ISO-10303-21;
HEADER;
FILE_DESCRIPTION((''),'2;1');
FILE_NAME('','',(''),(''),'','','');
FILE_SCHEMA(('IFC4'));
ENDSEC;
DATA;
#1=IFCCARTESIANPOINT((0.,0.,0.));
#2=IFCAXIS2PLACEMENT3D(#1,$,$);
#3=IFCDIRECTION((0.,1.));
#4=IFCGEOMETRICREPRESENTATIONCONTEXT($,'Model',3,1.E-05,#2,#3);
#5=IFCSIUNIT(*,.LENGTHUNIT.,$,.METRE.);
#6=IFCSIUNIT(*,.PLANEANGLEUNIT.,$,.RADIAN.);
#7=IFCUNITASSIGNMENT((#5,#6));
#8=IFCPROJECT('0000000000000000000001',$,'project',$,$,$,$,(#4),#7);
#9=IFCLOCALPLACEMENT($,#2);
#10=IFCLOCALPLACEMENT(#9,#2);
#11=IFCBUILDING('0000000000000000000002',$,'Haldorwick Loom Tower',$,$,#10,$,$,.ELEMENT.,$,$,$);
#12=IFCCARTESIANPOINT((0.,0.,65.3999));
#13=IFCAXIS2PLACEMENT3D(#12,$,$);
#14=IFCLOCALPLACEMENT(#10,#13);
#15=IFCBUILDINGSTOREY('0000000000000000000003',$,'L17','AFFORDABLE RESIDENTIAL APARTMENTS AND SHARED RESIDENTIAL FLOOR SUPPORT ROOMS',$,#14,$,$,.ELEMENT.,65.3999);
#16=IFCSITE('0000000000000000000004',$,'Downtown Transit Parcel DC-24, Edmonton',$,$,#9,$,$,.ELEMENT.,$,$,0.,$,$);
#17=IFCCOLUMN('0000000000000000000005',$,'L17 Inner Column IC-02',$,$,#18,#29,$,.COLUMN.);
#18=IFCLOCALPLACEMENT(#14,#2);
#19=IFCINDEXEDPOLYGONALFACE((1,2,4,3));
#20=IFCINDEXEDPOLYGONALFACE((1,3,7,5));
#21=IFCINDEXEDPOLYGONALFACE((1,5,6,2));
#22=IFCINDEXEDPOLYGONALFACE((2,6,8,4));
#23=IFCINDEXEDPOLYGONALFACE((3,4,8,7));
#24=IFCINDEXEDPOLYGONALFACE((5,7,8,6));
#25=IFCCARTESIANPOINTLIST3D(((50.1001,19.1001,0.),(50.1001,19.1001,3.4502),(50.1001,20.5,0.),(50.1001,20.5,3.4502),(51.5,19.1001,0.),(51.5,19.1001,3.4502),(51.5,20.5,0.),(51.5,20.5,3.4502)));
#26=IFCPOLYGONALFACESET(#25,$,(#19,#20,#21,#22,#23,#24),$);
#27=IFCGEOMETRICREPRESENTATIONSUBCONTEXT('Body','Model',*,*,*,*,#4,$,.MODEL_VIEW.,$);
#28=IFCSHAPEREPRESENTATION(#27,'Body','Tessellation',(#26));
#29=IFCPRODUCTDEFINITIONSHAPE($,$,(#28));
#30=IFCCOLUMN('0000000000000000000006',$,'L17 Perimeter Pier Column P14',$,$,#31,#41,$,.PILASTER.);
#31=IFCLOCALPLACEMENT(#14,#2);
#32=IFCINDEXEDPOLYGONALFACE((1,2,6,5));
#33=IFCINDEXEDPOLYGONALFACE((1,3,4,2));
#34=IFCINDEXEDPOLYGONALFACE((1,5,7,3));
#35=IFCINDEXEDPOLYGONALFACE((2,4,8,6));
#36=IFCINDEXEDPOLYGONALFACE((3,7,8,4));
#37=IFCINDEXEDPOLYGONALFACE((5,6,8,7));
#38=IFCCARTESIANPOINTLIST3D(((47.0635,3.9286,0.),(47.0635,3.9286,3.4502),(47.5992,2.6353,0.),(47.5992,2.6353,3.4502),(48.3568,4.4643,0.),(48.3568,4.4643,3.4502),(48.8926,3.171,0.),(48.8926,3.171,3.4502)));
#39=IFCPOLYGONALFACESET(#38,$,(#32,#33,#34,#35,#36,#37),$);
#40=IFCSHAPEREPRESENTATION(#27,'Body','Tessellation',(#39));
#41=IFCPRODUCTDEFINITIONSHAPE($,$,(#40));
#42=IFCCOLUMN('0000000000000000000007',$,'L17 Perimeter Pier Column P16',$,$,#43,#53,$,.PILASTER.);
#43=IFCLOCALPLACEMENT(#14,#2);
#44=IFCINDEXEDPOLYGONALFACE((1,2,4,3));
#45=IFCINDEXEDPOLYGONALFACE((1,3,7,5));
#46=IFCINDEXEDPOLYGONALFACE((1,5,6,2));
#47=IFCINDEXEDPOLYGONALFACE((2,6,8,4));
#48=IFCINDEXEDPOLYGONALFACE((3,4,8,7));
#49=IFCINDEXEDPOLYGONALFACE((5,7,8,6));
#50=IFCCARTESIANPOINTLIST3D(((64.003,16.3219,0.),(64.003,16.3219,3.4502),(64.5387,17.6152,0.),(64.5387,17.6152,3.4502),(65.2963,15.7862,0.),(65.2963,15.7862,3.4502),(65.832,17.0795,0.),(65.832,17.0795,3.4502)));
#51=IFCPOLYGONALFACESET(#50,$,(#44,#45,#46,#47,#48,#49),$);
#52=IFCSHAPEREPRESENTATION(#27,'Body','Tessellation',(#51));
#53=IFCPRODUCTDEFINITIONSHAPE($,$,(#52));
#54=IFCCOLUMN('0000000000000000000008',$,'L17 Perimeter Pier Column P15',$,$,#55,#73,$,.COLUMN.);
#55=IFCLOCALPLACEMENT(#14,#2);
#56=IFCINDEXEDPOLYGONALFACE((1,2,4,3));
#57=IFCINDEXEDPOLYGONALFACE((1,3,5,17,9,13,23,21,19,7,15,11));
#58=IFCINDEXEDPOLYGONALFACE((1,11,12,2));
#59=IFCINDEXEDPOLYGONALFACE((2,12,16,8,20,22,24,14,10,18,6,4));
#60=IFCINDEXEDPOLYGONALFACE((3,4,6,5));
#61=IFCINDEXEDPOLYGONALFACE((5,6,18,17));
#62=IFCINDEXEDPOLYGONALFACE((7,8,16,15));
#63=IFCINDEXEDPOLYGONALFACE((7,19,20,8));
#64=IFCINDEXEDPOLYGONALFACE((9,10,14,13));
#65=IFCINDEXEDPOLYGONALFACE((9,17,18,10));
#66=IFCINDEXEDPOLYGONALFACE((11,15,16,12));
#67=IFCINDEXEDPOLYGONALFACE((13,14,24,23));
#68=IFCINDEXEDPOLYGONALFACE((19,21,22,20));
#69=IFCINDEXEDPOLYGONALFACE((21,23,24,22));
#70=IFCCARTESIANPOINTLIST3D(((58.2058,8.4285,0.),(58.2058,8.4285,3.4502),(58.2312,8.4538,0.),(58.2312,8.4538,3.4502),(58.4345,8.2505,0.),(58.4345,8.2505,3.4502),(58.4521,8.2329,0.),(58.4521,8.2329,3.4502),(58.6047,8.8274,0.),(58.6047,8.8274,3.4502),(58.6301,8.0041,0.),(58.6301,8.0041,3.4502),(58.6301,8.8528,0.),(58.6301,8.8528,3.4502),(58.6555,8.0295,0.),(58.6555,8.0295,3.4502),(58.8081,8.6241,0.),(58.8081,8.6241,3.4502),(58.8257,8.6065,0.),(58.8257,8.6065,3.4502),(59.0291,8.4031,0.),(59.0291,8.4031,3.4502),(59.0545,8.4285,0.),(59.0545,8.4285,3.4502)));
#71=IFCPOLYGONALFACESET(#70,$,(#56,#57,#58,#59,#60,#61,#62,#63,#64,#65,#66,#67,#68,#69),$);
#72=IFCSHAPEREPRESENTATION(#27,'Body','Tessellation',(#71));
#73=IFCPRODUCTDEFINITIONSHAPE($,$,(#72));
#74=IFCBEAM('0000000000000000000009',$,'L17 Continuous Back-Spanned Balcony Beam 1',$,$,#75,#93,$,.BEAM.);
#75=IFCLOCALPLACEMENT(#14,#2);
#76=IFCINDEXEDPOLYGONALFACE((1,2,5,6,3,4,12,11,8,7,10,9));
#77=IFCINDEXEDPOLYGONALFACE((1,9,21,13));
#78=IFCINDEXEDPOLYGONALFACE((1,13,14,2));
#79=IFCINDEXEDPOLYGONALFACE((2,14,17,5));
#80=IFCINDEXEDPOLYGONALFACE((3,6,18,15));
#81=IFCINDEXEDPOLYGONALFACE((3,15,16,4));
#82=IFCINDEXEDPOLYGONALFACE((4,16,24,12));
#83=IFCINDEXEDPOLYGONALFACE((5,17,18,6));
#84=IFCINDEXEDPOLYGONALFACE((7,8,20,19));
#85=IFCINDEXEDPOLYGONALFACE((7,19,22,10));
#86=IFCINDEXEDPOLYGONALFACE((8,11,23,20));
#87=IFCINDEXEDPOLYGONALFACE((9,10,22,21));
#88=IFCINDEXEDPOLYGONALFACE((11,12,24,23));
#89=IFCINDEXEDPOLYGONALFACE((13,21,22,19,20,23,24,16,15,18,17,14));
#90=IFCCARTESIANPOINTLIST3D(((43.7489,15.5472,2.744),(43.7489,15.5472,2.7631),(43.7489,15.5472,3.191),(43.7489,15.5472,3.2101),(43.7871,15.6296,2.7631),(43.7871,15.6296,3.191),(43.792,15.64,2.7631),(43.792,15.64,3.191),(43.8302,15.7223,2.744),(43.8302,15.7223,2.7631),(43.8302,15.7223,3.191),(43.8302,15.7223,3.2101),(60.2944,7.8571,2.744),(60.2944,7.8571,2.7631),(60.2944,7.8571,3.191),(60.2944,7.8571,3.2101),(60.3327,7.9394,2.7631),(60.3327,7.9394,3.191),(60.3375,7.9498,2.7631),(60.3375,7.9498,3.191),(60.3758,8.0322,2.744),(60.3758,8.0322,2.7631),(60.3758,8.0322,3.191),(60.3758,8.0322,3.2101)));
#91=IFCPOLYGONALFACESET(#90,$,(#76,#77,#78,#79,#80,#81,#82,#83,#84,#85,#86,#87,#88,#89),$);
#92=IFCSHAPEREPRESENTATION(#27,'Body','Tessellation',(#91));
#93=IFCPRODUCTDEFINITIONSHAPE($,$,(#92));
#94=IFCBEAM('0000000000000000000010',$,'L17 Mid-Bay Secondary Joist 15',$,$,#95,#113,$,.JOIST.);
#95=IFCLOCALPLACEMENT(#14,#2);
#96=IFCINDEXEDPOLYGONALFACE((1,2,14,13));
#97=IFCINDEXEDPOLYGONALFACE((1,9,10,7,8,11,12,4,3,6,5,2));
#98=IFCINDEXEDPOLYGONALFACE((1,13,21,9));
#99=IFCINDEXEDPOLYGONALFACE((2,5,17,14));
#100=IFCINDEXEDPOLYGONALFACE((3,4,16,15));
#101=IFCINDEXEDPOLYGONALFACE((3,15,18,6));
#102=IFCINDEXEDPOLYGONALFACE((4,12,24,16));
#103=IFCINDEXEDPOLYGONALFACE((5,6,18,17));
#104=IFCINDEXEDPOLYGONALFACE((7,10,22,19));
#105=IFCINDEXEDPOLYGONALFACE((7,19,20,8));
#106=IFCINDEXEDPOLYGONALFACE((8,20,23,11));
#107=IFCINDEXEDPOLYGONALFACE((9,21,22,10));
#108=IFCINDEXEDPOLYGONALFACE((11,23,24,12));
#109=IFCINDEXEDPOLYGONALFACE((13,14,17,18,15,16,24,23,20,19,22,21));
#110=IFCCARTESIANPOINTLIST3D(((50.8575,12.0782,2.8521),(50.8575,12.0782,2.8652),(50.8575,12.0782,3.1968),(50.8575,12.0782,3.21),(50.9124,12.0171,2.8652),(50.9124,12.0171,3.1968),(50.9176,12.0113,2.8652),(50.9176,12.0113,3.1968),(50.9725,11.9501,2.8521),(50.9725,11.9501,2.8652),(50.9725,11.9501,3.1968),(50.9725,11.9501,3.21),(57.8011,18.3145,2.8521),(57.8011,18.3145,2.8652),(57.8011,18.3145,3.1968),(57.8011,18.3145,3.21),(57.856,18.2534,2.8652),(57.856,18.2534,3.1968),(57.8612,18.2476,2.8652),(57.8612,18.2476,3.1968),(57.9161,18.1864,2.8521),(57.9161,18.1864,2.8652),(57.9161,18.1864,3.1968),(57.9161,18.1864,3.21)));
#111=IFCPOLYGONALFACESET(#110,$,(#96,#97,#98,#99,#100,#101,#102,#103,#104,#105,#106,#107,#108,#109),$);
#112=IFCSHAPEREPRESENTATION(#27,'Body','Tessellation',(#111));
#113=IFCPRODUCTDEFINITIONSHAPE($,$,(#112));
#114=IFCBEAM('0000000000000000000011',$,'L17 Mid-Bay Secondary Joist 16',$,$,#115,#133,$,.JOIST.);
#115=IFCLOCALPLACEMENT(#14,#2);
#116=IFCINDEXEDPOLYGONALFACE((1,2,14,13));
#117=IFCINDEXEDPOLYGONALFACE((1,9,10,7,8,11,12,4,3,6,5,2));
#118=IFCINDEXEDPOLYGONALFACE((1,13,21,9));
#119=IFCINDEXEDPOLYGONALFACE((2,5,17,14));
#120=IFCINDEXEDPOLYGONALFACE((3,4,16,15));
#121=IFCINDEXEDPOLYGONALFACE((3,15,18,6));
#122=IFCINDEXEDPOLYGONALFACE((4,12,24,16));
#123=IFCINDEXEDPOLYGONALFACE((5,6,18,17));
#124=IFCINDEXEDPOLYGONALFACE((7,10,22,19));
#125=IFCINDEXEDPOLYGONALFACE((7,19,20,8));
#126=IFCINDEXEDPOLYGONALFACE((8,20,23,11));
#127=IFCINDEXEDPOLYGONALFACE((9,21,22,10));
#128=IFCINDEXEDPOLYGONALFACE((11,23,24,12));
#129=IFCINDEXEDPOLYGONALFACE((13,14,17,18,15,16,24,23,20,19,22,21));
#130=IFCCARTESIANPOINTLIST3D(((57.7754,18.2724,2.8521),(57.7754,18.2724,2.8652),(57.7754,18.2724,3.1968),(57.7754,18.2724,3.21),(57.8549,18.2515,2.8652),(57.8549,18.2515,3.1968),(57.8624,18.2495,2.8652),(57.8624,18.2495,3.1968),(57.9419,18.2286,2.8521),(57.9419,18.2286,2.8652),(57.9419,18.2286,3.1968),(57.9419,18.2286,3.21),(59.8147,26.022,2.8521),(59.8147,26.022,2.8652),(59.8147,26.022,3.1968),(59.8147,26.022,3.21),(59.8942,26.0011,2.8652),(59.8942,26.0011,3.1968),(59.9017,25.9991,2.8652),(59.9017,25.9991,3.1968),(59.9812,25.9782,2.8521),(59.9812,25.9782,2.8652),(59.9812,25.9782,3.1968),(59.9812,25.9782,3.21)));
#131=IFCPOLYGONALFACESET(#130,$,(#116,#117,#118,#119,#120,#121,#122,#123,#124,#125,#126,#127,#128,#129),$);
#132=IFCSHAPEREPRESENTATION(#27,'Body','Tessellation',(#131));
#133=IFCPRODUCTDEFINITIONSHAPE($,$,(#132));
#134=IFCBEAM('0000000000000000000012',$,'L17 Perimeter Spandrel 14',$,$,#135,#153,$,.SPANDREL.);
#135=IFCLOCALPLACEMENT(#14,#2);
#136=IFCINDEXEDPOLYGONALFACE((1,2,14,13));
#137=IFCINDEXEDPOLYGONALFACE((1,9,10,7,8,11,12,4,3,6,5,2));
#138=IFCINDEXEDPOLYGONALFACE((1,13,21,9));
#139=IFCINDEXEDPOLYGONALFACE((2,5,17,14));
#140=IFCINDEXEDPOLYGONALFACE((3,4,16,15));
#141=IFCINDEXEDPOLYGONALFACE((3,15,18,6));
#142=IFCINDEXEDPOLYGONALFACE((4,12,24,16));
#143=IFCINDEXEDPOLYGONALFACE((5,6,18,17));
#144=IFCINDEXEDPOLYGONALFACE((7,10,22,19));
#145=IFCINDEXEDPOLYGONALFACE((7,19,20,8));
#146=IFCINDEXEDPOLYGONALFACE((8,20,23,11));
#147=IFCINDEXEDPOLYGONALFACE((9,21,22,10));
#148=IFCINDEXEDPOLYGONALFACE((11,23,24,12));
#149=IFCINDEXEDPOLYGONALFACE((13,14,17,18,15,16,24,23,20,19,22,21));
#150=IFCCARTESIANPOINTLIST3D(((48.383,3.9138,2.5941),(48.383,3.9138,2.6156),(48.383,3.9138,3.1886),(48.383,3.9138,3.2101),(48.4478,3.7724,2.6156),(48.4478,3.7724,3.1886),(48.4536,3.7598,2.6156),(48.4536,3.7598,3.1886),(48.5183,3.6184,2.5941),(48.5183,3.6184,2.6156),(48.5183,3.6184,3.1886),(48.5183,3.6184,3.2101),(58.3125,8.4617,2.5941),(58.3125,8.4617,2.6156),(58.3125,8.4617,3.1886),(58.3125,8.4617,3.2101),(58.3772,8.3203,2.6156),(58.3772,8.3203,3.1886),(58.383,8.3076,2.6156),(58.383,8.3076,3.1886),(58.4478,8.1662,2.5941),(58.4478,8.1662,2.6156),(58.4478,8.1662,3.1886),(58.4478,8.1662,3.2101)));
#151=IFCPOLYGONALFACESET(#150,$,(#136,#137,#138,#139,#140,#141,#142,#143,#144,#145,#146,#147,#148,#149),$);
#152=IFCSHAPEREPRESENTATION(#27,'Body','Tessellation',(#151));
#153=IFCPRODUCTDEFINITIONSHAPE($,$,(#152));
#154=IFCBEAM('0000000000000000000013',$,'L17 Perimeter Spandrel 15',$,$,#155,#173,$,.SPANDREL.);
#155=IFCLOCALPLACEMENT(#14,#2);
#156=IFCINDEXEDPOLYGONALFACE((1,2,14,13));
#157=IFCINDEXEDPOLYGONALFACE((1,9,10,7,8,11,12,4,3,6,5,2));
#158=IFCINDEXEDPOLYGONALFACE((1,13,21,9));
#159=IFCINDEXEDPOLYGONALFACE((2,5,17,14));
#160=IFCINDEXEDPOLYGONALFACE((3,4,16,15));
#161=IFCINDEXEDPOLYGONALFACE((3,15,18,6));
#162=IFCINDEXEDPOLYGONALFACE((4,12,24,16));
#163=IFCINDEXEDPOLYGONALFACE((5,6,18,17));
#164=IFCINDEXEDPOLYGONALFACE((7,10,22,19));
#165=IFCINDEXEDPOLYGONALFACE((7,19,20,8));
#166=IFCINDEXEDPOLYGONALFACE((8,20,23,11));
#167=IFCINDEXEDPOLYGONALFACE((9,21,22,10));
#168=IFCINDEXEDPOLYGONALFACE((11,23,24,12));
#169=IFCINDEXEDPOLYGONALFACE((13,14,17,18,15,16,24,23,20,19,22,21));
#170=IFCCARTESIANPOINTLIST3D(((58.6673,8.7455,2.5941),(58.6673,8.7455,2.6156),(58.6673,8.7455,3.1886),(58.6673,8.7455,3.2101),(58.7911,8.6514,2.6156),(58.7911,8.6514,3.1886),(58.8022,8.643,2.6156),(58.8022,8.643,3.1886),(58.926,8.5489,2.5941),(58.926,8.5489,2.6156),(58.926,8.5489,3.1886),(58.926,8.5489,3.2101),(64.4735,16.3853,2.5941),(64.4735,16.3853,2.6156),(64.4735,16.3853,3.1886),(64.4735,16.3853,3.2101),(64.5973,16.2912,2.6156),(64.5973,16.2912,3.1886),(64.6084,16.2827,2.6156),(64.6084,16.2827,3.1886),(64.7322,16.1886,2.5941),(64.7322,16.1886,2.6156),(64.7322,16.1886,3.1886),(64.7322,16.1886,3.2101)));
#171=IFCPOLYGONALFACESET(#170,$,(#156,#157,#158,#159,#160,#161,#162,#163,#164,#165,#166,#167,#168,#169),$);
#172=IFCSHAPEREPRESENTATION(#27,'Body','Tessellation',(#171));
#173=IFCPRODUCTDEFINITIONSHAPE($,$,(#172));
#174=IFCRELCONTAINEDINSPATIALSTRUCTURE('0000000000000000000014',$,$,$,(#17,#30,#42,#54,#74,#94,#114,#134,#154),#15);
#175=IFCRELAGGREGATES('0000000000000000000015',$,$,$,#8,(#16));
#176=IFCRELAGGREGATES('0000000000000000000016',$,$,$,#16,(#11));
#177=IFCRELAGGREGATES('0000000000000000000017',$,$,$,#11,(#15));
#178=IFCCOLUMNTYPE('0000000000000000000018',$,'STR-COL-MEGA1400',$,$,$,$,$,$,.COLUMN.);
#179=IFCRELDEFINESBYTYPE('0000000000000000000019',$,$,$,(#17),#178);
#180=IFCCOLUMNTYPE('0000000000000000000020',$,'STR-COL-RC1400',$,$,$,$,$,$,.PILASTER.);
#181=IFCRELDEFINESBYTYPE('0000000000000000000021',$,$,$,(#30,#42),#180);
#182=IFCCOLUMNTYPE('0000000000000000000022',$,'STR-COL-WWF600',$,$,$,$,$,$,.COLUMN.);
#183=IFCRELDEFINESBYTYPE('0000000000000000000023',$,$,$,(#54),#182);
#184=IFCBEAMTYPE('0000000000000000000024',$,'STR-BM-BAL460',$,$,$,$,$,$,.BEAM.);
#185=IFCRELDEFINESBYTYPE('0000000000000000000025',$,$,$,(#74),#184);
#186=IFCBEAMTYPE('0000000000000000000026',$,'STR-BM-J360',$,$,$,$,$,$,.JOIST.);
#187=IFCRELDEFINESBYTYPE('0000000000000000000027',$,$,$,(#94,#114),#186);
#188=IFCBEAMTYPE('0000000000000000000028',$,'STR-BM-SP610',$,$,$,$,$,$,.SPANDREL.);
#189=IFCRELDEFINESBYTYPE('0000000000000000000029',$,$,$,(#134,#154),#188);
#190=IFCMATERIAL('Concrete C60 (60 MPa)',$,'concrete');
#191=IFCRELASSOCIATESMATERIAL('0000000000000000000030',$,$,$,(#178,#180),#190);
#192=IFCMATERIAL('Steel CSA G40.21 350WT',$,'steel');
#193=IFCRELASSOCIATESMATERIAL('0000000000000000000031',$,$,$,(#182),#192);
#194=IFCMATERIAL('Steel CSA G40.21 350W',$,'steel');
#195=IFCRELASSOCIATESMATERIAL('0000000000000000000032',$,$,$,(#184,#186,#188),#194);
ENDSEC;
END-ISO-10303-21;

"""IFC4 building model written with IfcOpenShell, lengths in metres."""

from ifc_helpers import new_model, si_unit, direction, frame, origin, origin_2d, place, context, subcontext, project, spatial, rectangle, i_section, extrude, material, material_profile, profile_set, type_object, element, save


model = new_model("IFC4")

# Units and contexts
model_context = context("Model", 3, precision=1e-05, world=origin(), true_north=direction((0.0, 1.0)))
body_context = subcontext(model_context, "Body", "Model", "MODEL_VIEW")
ifc_project = project(units=[si_unit("LENGTHUNIT", "METRE"), si_unit("PLANEANGLEUNIT", "RADIAN")], contexts=[model_context])

# Site, building, storey
site_placement = place(None, origin())
site = spatial("IfcSite", under=ifc_project, at=site_placement, Name="Downtown Transit Parcel DC-24, Edmonton", CompositionType="ELEMENT", RefElevation=0.0)
building_placement = place(site_placement, origin())
building = spatial("IfcBuilding", under=site, at=building_placement, Name="Haldorwick Loom Tower", CompositionType="ELEMENT")
storey_placement = place(building_placement, frame((0.0, 0.0, 65.3999)))
storey = spatial("IfcBuildingStorey", under=building, at=storey_placement, Name="L17", Description="AFFORDABLE RESIDENTIAL APARTMENTS AND SHARED RESIDENTIAL FLOOR SUPPORT ROOMS", CompositionType="ELEMENT", Elevation=65.3999)

# Columns
ifc_material_1 = material(Name="Concrete C60 (60 MPa)", Category="concrete")
ifc_material_profile_1 = material_profile(ifc_material_1, rectangle(XDim=1.3999, YDim=1.3999, at=origin_2d()), Name="RC1400X1400", Category="concrete")
ifc_profile_set_1 = profile_set([ifc_material_profile_1], Name="Concrete C60 (60 MPa)")
column_type_1 = type_object("IfcColumnType", Name="STR-COL-MEGA1400", PredefinedType="COLUMN", material=ifc_profile_set_1)
column_1_placement = place(storey_placement, frame((50.8, 19.8, 0.0), z_axis=(0.0, 0.0, 1.0), x_axis=(1.0, 0.0, 0.0)))
element("IfcColumn", 1, at=column_1_placement, inside=storey, type_object=column_type_1, Name="L17 Inner Column IC-02", PredefinedType="COLUMN", context=body_context, shape_type="SweptSolid", body=[
    extrude(rectangle(XDim=1.3999, YDim=1.3999, at=origin_2d()), origin(), (0.0, 0.0, 1.0), 3.4502),
])
ifc_material_profile_2 = material_profile(ifc_material_1, rectangle(XDim=1.3999, YDim=1.3999, at=origin_2d()), Name="RC1400X1400", Category="concrete")
ifc_profile_set_2 = profile_set([ifc_material_profile_2], Name="Concrete C60 (60 MPa)")
column_type_2 = type_object("IfcColumnType", Name="STR-COL-RC1400", PredefinedType="PILASTER", material=ifc_profile_set_2)
for number, where, z_axis, x_axis, name in (
    (2, (47.978, 3.5498, 0.0), (0.0, 0.0, 1.0), (0.382683, -0.92388, 0.0), "L17 Perimeter Pier Column P14"),
    (3, (64.9175, 16.7007, 0.0), (0.0, 0.0, 1.0), (0.92388, -0.382683, 0.0), "L17 Perimeter Pier Column P16"),
):
    element("IfcColumn", number, at=place(storey_placement, frame(where, z_axis=z_axis, x_axis=x_axis)), inside=storey, type_object=column_type_2, Name=name, PredefinedType="PILASTER", context=body_context, shape_type="SweptSolid", body=[
        extrude(rectangle(XDim=1.3999, YDim=1.3999, at=origin_2d()), origin(), (0.0, 0.0, 1.0), 3.4502),
    ])
ifc_material_2 = material(Name="Steel CSA G40.21 350WT", Category="steel")
ifc_material_profile_3 = material_profile(ifc_material_2, i_section(OverallWidth=0.6001, OverallDepth=0.6001, WebThickness=0.0249, FlangeThickness=0.0359, at=origin_2d()), Name="WWF600X600", Category="steel")
ifc_profile_set_3 = profile_set([ifc_material_profile_3], Name="Steel CSA G40.21 350WT")
column_type_3 = type_object("IfcColumnType", Name="STR-COL-WWF600", PredefinedType="COLUMN", material=ifc_profile_set_3)
column_2_placement = place(storey_placement, frame((58.6301, 8.4285, 0.0), z_axis=(0.0, 0.0, 1.0), x_axis=(0.707107, -0.707107, 0.0)))
element("IfcColumn", 4, at=column_2_placement, inside=storey, type_object=column_type_3, Name="L17 Perimeter Pier Column P15", PredefinedType="COLUMN", context=body_context, shape_type="SweptSolid", body=[
    extrude(i_section(OverallWidth=0.6001, OverallDepth=0.6001, WebThickness=0.0249, FlangeThickness=0.0359, at=origin_2d()), origin(), (0.0, 0.0, 1.0), 3.4502),
])

# Beams
ifc_material_3 = material(Name="Steel CSA G40.21 350W", Category="steel")
ifc_material_profile_4 = material_profile(ifc_material_3, i_section(OverallWidth=0.1931, OverallDepth=0.4661, WebThickness=0.0115, FlangeThickness=0.019, at=origin_2d()), Name="W460X97", Category="steel")
ifc_profile_set_4 = profile_set([ifc_material_profile_4], Name="Steel CSA G40.21 350W")
beam_type_1 = type_object("IfcBeamType", Name="STR-BM-BAL460", PredefinedType="BEAM", material=ifc_profile_set_4)
beam_1_placement = place(storey_placement, frame((43.7896, 15.6348, 2.9771), z_axis=(0.906836, -0.421484, 0.0), x_axis=(0.421484, 0.906836, 0.0)))
element("IfcBeam", 5, at=beam_1_placement, inside=storey, type_object=beam_type_1, Name="L17 Continuous Back-Spanned Balcony Beam 1", PredefinedType="BEAM", context=body_context, shape_type="SweptSolid", body=[
    extrude(i_section(OverallWidth=0.1931, OverallDepth=0.4661, WebThickness=0.0115, FlangeThickness=0.019, at=origin_2d()), origin(), (0.0, 0.0, 1.0), 18.2454),
])
ifc_material_profile_5 = material_profile(ifc_material_3, i_section(OverallWidth=0.1721, OverallDepth=0.3579, WebThickness=0.0078, FlangeThickness=0.0132, at=origin_2d()), Name="W360X57", Category="steel")
ifc_profile_set_5 = profile_set([ifc_material_profile_5], Name="Steel CSA G40.21 350W")
beam_type_2 = type_object("IfcBeamType", Name="STR-BM-J360", PredefinedType="JOIST", material=ifc_profile_set_5)
beam_2_placement = place(storey_placement, frame((50.915, 12.0142, 3.031), z_axis=(0.743982, 0.6682, 0.0), x_axis=(-0.6682, 0.743982, 0.0)))
element("IfcBeam", 6, at=beam_2_placement, inside=storey, type_object=beam_type_2, Name="L17 Mid-Bay Secondary Joist 15", PredefinedType="JOIST", context=body_context, shape_type="SweptSolid", body=[
    extrude(i_section(OverallWidth=0.1721, OverallDepth=0.3579, WebThickness=0.0078, FlangeThickness=0.0132, at=origin_2d()), origin(), (0.0, 0.0, 1.0), 9.333),
])
beam_3_placement = place(storey_placement, frame((57.8586, 18.2505, 3.031), z_axis=(0.254489, 0.967076, 0.0), x_axis=(-0.967076, 0.254489, 0.0)))
element("IfcBeam", 7, at=beam_3_placement, inside=storey, type_object=beam_type_2, Name="L17 Mid-Bay Secondary Joist 16", PredefinedType="JOIST", context=body_context, shape_type="SweptSolid", body=[
    extrude(i_section(OverallWidth=0.1721, OverallDepth=0.3579, WebThickness=0.0078, FlangeThickness=0.0132, at=origin_2d()), origin(), (0.0, 0.0, 1.0), 8.0134),
])
ifc_material_profile_6 = material_profile(ifc_material_3, i_section(OverallWidth=0.325, OverallDepth=0.616, WebThickness=0.0139, FlangeThickness=0.0215, at=origin_2d()), Name="W610X174", Category="steel")
ifc_profile_set_6 = profile_set([ifc_material_profile_6], Name="Steel CSA G40.21 350W")
beam_type_3 = type_object("IfcBeamType", Name="STR-BM-SP610", PredefinedType="SPANDREL", material=ifc_profile_set_6)
beam_4_placement = place(storey_placement, frame((48.4507, 3.7661, 2.9021), z_axis=(0.909174, 0.416417, 0.0), x_axis=(-0.416417, 0.909174, 0.0)))
element("IfcBeam", 8, at=beam_4_placement, inside=storey, type_object=beam_type_3, Name="L17 Perimeter Spandrel 14", PredefinedType="SPANDREL", context=body_context, shape_type="SweptSolid", body=[
    extrude(i_section(OverallWidth=0.325, OverallDepth=0.616, WebThickness=0.0139, FlangeThickness=0.0215, at=origin_2d()), origin(), (0.0, 0.0, 1.0), 10.9214),
])
beam_5_placement = place(storey_placement, frame((58.7966, 8.6472, 2.9021), z_axis=(0.605085, 0.796161, 0.0), x_axis=(-0.796161, 0.605085, 0.0)))
element("IfcBeam", 9, at=beam_5_placement, inside=storey, type_object=beam_type_3, Name="L17 Perimeter Spandrel 15", PredefinedType="SPANDREL", context=body_context, shape_type="SweptSolid", body=[
    extrude(i_section(OverallWidth=0.325, OverallDepth=0.616, WebThickness=0.0139, FlangeThickness=0.0215, at=origin_2d()), origin(), (0.0, 0.0, 1.0), 9.5957),
])

save(model, "model.ifc")
